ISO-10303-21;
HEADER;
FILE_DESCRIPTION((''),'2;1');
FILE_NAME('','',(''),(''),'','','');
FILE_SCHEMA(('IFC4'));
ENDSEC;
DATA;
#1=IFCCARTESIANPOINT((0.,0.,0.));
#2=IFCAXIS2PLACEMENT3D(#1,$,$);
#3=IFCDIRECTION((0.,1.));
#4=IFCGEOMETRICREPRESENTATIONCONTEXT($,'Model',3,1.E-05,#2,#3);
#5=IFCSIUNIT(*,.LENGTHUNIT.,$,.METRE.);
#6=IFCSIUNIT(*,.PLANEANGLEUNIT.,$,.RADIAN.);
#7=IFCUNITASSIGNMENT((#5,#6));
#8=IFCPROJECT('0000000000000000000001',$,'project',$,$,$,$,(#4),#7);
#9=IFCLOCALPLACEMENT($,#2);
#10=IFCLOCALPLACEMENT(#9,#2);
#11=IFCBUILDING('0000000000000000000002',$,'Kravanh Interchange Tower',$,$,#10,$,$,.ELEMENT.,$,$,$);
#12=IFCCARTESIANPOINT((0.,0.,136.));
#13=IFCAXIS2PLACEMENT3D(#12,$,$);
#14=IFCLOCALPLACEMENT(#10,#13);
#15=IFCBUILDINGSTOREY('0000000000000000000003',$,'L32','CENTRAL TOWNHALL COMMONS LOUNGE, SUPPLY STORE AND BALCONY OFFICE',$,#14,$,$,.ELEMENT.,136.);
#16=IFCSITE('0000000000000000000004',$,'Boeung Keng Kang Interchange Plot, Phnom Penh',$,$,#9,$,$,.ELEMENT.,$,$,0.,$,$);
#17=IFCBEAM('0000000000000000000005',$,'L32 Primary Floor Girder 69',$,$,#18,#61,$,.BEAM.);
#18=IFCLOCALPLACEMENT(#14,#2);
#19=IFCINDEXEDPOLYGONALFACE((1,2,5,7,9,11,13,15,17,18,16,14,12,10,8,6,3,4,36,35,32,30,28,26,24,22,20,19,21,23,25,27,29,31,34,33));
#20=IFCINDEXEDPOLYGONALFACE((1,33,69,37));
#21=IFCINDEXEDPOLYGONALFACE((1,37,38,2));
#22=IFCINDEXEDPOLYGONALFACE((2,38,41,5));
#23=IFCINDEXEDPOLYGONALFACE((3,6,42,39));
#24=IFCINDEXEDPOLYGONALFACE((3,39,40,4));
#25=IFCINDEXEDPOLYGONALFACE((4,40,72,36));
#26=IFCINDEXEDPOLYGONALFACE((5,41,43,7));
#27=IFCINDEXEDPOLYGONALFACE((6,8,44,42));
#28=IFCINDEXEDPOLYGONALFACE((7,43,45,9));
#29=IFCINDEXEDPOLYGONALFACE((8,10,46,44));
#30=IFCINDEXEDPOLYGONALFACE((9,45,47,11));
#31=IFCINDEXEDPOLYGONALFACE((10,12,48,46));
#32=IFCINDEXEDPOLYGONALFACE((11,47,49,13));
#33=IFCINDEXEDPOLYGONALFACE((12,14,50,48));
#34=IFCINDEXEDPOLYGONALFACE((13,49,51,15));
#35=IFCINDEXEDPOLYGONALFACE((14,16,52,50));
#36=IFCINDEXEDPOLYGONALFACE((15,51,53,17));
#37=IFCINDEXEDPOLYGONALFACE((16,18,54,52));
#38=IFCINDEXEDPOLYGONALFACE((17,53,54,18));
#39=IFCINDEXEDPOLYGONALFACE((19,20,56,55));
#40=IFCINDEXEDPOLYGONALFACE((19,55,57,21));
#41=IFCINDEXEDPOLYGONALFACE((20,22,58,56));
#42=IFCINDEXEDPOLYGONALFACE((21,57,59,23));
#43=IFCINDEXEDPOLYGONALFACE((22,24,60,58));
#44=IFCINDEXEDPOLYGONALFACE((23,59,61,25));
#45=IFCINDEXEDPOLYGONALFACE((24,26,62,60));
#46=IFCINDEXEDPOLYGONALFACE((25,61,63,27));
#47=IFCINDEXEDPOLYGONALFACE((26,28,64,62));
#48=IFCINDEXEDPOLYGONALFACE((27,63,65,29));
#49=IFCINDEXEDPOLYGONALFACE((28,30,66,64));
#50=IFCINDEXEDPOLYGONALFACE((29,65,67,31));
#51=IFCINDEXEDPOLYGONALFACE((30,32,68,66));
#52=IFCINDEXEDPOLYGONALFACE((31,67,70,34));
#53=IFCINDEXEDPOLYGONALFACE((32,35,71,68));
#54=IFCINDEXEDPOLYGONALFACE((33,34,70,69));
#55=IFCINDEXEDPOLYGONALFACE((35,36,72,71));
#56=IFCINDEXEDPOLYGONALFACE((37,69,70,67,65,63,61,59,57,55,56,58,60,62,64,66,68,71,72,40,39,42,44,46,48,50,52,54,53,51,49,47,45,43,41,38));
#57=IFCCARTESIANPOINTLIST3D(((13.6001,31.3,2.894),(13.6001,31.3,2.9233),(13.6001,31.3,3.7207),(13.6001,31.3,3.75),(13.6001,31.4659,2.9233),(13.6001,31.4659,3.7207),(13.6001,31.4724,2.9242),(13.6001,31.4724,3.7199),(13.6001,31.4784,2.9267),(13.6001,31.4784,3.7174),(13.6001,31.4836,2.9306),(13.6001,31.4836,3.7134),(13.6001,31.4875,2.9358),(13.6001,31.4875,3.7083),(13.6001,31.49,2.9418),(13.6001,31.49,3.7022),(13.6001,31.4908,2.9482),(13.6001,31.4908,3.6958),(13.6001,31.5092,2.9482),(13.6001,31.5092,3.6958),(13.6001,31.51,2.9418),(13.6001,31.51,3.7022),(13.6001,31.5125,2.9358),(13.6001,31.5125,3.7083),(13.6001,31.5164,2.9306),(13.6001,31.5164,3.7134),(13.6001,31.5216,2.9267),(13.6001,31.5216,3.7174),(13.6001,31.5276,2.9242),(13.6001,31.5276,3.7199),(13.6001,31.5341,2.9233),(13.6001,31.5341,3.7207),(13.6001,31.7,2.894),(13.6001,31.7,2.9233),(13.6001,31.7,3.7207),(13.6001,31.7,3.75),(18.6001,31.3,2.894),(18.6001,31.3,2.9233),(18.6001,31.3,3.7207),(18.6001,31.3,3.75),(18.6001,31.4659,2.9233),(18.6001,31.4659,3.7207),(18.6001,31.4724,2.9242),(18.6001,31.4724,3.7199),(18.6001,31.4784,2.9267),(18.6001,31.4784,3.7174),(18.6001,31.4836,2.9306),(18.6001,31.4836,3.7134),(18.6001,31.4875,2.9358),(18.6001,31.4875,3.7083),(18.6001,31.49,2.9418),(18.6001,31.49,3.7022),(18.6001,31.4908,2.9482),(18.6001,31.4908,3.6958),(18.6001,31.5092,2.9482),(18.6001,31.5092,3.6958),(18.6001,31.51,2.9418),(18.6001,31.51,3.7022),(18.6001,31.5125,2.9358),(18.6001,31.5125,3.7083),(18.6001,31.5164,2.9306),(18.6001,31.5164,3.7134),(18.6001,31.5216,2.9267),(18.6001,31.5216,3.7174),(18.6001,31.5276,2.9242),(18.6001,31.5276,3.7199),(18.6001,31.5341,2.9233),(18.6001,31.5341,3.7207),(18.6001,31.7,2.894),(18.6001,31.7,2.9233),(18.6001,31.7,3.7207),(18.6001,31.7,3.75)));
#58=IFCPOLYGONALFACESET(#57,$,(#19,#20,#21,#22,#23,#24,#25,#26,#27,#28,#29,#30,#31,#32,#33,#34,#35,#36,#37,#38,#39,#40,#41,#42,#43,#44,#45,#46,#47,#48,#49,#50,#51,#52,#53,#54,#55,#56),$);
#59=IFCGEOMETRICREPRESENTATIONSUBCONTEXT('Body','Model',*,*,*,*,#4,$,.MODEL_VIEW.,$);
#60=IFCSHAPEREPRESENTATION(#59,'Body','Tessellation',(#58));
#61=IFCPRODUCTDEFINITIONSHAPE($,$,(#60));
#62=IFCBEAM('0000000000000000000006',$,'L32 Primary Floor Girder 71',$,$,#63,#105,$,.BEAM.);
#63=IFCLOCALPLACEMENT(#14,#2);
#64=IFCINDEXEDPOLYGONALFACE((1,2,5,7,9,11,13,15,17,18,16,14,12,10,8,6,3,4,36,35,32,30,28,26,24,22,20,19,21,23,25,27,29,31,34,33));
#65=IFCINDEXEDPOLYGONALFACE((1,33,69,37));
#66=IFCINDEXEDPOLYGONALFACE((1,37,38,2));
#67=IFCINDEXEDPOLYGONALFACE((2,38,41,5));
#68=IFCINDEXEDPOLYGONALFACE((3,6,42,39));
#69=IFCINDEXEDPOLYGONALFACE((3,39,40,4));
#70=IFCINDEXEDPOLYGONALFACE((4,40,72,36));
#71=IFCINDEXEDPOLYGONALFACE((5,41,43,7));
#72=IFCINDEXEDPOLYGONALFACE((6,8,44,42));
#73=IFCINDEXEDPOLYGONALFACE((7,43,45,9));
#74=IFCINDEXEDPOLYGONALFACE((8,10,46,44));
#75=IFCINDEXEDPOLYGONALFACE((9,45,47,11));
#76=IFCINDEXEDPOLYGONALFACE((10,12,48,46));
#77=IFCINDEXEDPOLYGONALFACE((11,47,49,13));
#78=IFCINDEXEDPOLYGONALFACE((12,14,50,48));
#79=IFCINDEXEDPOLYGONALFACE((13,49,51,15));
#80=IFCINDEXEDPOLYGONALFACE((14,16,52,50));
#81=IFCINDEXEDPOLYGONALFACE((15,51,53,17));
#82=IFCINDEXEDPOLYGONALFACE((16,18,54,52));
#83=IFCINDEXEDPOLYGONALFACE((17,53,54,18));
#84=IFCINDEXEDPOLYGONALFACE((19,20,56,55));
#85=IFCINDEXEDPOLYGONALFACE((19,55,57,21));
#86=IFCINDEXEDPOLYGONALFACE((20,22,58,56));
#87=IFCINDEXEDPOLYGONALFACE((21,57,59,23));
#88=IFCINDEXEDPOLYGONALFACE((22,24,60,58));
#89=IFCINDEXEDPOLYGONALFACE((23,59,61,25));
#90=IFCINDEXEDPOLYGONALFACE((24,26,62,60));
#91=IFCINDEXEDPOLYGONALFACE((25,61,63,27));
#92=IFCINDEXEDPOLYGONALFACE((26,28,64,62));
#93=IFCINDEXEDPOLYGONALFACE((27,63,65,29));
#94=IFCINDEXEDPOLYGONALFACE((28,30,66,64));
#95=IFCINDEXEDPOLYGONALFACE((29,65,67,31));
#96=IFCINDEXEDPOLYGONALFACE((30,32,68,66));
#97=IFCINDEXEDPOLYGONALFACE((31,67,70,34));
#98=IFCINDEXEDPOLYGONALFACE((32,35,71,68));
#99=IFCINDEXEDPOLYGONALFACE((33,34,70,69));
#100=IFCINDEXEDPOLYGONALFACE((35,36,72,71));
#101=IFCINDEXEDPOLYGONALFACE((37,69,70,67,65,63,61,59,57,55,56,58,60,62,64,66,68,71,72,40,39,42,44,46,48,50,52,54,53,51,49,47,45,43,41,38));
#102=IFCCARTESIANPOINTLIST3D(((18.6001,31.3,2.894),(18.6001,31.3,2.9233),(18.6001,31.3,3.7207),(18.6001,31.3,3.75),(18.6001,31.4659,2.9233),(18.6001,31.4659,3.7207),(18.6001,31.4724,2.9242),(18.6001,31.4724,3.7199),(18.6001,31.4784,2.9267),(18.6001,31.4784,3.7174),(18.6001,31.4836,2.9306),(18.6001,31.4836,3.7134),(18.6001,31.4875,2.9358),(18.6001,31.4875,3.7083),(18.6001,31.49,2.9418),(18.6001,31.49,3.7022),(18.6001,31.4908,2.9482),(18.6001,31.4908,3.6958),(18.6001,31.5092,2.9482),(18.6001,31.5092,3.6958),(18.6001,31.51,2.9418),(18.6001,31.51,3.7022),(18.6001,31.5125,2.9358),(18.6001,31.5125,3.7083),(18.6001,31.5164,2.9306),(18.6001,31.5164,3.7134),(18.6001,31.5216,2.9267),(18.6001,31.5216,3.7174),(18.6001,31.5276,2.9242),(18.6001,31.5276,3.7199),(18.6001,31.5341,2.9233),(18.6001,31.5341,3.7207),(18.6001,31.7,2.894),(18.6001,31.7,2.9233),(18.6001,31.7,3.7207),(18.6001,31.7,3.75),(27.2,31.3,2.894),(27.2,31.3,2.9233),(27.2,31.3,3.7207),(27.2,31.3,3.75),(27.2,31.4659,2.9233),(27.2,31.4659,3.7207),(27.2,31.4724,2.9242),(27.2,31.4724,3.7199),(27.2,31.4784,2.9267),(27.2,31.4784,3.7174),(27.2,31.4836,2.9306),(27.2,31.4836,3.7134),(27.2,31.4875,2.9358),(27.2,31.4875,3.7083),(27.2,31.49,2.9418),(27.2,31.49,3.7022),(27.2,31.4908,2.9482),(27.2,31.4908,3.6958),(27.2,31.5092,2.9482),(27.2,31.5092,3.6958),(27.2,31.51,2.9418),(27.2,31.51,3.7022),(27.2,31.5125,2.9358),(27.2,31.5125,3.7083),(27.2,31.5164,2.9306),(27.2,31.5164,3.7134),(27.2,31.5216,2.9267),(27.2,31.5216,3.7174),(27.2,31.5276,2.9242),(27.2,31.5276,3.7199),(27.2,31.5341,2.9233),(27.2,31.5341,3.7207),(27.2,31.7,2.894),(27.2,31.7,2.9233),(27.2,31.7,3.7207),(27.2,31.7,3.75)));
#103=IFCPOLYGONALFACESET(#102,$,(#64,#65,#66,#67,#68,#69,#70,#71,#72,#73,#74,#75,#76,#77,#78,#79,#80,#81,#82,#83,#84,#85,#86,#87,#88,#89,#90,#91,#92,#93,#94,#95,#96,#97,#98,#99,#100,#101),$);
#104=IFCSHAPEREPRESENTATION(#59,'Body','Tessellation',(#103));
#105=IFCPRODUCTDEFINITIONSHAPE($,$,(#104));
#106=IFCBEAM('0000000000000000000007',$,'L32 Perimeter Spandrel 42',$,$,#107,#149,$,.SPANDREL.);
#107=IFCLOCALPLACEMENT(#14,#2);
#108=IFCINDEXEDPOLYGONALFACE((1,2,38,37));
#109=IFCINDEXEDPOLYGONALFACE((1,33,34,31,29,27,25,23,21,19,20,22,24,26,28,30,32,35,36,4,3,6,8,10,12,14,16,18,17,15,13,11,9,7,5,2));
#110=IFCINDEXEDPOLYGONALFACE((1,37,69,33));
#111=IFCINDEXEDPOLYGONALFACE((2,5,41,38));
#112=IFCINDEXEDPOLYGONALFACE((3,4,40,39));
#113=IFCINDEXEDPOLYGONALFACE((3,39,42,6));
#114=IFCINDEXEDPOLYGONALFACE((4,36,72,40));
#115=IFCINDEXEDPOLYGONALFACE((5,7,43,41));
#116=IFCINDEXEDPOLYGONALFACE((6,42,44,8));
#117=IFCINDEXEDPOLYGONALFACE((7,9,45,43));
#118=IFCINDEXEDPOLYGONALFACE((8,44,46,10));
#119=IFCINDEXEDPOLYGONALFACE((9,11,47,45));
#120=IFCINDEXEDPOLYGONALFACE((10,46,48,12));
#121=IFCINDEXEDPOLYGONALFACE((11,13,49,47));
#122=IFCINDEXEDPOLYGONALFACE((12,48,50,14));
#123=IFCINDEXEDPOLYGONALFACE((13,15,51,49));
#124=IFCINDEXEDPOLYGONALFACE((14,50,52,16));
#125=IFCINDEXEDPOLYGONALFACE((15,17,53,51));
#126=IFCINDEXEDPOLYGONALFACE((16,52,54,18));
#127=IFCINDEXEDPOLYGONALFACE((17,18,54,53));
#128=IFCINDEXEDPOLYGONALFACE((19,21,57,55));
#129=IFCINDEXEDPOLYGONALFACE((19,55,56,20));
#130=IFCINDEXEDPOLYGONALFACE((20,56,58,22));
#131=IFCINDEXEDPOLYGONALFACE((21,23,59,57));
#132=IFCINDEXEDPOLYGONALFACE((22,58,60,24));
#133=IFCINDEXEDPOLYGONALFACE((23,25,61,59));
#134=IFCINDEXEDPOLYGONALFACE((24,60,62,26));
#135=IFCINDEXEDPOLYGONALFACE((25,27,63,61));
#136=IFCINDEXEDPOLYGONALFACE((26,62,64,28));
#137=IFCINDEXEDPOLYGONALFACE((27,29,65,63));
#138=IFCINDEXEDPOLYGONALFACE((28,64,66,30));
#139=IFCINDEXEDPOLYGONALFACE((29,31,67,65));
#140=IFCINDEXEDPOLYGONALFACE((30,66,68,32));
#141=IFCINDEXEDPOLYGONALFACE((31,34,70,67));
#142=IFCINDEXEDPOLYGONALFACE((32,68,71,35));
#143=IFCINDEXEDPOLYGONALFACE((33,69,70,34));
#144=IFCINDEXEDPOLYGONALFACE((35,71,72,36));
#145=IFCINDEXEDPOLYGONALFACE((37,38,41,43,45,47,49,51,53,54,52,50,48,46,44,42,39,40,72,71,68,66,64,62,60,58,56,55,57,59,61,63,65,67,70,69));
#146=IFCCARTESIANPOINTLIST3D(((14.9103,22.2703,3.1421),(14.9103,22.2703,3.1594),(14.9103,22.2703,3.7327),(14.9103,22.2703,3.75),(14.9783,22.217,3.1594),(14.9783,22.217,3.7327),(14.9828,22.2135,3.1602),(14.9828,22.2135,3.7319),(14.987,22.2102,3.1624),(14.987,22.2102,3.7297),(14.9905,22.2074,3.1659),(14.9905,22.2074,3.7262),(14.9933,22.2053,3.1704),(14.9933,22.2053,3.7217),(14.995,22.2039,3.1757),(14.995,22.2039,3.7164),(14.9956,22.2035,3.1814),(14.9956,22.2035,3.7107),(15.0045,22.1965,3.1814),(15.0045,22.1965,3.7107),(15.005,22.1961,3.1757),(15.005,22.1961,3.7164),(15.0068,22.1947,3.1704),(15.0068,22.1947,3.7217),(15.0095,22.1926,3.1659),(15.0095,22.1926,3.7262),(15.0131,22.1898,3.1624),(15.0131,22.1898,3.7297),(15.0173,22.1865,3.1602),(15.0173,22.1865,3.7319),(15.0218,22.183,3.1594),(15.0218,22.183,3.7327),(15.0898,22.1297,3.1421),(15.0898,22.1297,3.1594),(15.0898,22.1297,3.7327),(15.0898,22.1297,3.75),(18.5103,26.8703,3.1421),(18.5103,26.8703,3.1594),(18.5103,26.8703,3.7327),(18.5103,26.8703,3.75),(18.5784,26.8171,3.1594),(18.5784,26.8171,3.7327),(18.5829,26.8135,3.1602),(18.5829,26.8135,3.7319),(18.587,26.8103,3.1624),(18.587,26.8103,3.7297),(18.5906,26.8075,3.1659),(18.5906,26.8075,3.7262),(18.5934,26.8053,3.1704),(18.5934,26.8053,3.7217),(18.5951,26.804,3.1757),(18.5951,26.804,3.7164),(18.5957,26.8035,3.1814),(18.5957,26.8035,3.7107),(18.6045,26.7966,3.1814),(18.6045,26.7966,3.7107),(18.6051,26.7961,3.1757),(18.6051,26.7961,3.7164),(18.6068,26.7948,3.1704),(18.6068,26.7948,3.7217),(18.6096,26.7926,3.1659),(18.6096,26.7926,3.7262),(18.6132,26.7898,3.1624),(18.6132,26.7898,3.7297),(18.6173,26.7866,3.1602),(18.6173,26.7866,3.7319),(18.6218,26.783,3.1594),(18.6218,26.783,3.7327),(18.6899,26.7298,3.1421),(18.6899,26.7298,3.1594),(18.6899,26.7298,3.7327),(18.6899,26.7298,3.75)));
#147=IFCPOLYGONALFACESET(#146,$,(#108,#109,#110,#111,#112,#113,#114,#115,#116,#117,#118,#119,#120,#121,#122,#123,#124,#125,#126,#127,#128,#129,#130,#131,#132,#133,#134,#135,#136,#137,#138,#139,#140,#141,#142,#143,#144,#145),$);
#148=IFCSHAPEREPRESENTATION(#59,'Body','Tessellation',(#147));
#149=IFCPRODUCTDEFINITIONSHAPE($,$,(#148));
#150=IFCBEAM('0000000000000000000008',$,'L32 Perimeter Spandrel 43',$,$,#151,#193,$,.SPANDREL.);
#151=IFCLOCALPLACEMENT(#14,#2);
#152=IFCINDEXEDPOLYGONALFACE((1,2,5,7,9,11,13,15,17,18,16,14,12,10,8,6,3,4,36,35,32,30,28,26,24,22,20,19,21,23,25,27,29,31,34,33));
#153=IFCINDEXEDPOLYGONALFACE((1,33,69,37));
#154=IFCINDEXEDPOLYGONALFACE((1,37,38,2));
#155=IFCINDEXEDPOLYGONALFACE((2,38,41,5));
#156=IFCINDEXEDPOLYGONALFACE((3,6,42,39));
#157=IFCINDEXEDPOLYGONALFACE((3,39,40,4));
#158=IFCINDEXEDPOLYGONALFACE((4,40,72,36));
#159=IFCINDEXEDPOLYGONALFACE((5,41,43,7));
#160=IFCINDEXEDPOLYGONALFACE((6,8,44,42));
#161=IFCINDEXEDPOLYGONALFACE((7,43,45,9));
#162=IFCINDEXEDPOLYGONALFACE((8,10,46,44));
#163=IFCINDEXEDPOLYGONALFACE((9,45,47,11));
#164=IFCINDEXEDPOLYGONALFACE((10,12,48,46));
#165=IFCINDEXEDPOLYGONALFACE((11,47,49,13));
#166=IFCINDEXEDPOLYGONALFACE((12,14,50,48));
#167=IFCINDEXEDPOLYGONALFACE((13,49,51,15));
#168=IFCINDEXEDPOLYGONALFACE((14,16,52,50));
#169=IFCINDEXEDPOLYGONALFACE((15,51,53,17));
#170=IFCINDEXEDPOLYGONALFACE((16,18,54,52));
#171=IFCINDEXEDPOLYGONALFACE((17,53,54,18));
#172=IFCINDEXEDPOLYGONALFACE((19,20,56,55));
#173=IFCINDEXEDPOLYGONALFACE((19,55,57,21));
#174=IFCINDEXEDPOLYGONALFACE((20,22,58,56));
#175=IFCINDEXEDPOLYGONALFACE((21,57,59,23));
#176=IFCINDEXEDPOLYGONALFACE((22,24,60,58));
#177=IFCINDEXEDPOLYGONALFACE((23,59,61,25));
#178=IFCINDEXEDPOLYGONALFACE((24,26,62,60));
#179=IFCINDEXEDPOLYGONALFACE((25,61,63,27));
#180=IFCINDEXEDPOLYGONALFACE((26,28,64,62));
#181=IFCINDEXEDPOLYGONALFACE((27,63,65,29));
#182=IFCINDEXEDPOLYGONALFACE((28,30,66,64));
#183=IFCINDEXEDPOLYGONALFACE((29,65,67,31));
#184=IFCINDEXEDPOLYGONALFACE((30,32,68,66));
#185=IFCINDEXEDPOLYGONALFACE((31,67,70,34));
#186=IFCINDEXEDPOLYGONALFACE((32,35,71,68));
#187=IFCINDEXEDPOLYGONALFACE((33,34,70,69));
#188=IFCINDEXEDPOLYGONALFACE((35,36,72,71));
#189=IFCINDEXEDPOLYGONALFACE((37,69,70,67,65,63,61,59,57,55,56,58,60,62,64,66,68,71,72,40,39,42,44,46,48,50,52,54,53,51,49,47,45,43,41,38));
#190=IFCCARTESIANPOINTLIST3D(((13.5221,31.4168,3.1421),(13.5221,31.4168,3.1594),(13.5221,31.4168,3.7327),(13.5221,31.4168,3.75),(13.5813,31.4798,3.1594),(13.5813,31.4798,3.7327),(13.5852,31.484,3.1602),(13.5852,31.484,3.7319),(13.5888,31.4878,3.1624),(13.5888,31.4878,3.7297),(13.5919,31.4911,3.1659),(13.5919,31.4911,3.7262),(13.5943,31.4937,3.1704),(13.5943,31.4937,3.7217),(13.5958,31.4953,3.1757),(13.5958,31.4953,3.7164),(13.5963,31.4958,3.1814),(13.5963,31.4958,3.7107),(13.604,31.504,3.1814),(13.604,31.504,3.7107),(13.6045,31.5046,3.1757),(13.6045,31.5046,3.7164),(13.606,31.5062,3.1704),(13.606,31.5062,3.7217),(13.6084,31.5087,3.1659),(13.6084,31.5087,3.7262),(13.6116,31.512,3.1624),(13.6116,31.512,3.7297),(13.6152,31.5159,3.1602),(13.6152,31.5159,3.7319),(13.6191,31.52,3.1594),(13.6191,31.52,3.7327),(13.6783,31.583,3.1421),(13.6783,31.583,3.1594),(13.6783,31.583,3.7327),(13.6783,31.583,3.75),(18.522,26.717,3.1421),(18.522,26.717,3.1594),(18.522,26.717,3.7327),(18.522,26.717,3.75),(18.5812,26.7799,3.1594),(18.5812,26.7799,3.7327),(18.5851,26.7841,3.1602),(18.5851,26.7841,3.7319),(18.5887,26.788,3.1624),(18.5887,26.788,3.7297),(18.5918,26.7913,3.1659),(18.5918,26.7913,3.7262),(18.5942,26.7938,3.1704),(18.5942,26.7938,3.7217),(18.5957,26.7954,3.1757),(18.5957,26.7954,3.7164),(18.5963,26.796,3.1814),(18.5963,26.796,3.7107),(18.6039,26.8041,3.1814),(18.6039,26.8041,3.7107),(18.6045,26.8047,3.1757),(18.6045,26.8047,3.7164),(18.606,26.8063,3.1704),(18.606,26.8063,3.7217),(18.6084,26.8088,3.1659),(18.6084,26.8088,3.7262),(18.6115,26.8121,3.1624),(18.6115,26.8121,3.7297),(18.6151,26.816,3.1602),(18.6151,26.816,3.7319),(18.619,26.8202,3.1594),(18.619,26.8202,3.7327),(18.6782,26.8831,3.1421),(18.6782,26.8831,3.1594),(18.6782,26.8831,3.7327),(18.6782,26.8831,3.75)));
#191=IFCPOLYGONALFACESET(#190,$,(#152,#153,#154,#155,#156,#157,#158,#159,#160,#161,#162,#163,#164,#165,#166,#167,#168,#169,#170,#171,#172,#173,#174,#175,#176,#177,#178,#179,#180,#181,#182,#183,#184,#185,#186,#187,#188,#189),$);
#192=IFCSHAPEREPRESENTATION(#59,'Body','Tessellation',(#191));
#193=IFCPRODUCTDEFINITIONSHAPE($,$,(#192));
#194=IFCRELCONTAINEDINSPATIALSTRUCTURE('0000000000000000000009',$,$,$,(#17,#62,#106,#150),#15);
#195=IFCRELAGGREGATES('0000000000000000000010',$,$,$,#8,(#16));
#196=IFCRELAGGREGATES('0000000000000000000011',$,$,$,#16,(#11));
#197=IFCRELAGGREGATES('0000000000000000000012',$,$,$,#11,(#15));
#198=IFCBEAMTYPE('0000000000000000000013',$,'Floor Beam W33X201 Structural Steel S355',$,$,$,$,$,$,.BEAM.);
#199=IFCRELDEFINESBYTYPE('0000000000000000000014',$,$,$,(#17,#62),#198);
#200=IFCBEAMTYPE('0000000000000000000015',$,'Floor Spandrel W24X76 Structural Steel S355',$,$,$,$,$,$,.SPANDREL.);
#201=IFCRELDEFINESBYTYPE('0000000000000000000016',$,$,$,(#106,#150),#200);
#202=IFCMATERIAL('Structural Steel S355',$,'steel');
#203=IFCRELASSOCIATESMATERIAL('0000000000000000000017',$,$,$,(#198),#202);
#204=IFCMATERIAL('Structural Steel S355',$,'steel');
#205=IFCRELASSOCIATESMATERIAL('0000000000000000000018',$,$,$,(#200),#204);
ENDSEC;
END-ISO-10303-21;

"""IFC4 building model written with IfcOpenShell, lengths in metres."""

from ifc_helpers import new_model, si_unit, direction, frame, origin, origin_2d, place, context, subcontext, project, spatial, i_section, extrude, material, material_profile, profile_set, type_object, element, save


model = new_model("IFC4")

# Units and contexts
model_context = context("Model", 3, precision=1e-05, world=origin(), true_north=direction((0.0, 1.0)))
body_context = subcontext(model_context, "Body", "Model", "MODEL_VIEW")
ifc_project = project(units=[si_unit("LENGTHUNIT", "METRE"), si_unit("PLANEANGLEUNIT", "RADIAN")], contexts=[model_context])

# Site, building, storey
site_placement = place(None, origin())
site = spatial("IfcSite", under=ifc_project, at=site_placement, Name="Boeung Keng Kang Interchange Plot, Phnom Penh", CompositionType="ELEMENT", RefElevation=0.0)
building_placement = place(site_placement, origin())
building = spatial("IfcBuilding", under=site, at=building_placement, Name="Kravanh Interchange Tower", CompositionType="ELEMENT")
storey_placement = place(building_placement, frame((0.0, 0.0, 136.0)))
storey = spatial("IfcBuildingStorey", under=building, at=storey_placement, Name="L32", Description="CENTRAL TOWNHALL COMMONS LOUNGE, SUPPLY STORE AND BALCONY OFFICE", CompositionType="ELEMENT", Elevation=136.0)

# Beams
ifc_material_1 = material(Name="Structural Steel S355", Category="steel")
ifc_material_profile_1 = material_profile(ifc_material_1, i_section(OverallWidth=0.3999, OverallDepth=0.856, WebThickness=0.0183, FlangeThickness=0.0293, FilletRadius=0.0249, at=origin_2d()), Name="W33X201")
ifc_profile_set_1 = profile_set([ifc_material_profile_1], Name="Structural Steel S355")
beam_type_1 = type_object("IfcBeamType", Name="Floor Beam W33X201 Structural Steel S355", PredefinedType="BEAM", material=ifc_profile_set_1)
beam_1_placement = place(storey_placement, frame((13.6001, 31.5, 3.322), z_axis=(1.0, 0.0, 0.0), x_axis=(0.0, 1.0, 0.0)))
element("IfcBeam", 1, at=beam_1_placement, inside=storey, type_object=beam_type_1, Name="L32 Primary Floor Girder 69", PredefinedType="BEAM", context=body_context, shape_type="SweptSolid", body=[
    extrude(i_section(OverallWidth=0.3999, OverallDepth=0.856, WebThickness=0.0183, FlangeThickness=0.0293, FilletRadius=0.0249, at=origin_2d()), origin(), (0.0, 0.0, 1.0), 5.0),
])
beam_2_placement = place(storey_placement, frame((18.6001, 31.5, 3.322), z_axis=(1.0, 0.0, 0.0), x_axis=(0.0, 1.0, 0.0)))
element("IfcBeam", 2, at=beam_2_placement, inside=storey, type_object=beam_type_1, Name="L32 Primary Floor Girder 71", PredefinedType="BEAM", context=body_context, shape_type="SweptSolid", body=[
    extrude(i_section(OverallWidth=0.3999, OverallDepth=0.856, WebThickness=0.0183, FlangeThickness=0.0293, FilletRadius=0.0249, at=origin_2d()), origin(), (0.0, 0.0, 1.0), 8.5999),
])
ifc_material_2 = material(Name="Structural Steel S355", Category="steel")
ifc_material_profile_2 = material_profile(ifc_material_2, i_section(OverallWidth=0.228, OverallDepth=0.6079, WebThickness=0.0112, FlangeThickness=0.0173, FilletRadius=0.022, at=origin_2d()), Name="W24X76")
ifc_profile_set_2 = profile_set([ifc_material_profile_2], Name="Structural Steel S355")
beam_type_2 = type_object("IfcBeamType", Name="Floor Spandrel W24X76 Structural Steel S355", PredefinedType="SPANDREL", material=ifc_profile_set_2)
beam_3_placement = place(storey_placement, frame((18.6001, 26.8, 3.446), z_axis=(-0.616311, -0.787503, 0.0), x_axis=(0.787503, -0.616311, 0.0)))
element("IfcBeam", 3, at=beam_3_placement, inside=storey, type_object=beam_type_2, Name="L32 Perimeter Spandrel 42", PredefinedType="SPANDREL", context=body_context, shape_type="SweptSolid", body=[
    extrude(i_section(OverallWidth=0.228, OverallDepth=0.6079, WebThickness=0.0112, FlangeThickness=0.0173, FilletRadius=0.022, at=origin_2d()), origin(), (0.0, 0.0, 1.0), 5.8413),
])
beam_4_placement = place(storey_placement, frame((18.6001, 26.8, 3.446), z_axis=(-0.728631, 0.684906, 0.0), x_axis=(-0.684906, -0.728631, 0.0)))
element("IfcBeam", 4, at=beam_4_placement, inside=storey, type_object=beam_type_2, Name="L32 Perimeter Spandrel 43", PredefinedType="SPANDREL", context=body_context, shape_type="SweptSolid", body=[
    extrude(i_section(OverallWidth=0.228, OverallDepth=0.6079, WebThickness=0.0112, FlangeThickness=0.0173, FilletRadius=0.022, at=origin_2d()), origin(), (0.0, 0.0, 1.0), 6.8621),
])

save(model, "model.ifc")
